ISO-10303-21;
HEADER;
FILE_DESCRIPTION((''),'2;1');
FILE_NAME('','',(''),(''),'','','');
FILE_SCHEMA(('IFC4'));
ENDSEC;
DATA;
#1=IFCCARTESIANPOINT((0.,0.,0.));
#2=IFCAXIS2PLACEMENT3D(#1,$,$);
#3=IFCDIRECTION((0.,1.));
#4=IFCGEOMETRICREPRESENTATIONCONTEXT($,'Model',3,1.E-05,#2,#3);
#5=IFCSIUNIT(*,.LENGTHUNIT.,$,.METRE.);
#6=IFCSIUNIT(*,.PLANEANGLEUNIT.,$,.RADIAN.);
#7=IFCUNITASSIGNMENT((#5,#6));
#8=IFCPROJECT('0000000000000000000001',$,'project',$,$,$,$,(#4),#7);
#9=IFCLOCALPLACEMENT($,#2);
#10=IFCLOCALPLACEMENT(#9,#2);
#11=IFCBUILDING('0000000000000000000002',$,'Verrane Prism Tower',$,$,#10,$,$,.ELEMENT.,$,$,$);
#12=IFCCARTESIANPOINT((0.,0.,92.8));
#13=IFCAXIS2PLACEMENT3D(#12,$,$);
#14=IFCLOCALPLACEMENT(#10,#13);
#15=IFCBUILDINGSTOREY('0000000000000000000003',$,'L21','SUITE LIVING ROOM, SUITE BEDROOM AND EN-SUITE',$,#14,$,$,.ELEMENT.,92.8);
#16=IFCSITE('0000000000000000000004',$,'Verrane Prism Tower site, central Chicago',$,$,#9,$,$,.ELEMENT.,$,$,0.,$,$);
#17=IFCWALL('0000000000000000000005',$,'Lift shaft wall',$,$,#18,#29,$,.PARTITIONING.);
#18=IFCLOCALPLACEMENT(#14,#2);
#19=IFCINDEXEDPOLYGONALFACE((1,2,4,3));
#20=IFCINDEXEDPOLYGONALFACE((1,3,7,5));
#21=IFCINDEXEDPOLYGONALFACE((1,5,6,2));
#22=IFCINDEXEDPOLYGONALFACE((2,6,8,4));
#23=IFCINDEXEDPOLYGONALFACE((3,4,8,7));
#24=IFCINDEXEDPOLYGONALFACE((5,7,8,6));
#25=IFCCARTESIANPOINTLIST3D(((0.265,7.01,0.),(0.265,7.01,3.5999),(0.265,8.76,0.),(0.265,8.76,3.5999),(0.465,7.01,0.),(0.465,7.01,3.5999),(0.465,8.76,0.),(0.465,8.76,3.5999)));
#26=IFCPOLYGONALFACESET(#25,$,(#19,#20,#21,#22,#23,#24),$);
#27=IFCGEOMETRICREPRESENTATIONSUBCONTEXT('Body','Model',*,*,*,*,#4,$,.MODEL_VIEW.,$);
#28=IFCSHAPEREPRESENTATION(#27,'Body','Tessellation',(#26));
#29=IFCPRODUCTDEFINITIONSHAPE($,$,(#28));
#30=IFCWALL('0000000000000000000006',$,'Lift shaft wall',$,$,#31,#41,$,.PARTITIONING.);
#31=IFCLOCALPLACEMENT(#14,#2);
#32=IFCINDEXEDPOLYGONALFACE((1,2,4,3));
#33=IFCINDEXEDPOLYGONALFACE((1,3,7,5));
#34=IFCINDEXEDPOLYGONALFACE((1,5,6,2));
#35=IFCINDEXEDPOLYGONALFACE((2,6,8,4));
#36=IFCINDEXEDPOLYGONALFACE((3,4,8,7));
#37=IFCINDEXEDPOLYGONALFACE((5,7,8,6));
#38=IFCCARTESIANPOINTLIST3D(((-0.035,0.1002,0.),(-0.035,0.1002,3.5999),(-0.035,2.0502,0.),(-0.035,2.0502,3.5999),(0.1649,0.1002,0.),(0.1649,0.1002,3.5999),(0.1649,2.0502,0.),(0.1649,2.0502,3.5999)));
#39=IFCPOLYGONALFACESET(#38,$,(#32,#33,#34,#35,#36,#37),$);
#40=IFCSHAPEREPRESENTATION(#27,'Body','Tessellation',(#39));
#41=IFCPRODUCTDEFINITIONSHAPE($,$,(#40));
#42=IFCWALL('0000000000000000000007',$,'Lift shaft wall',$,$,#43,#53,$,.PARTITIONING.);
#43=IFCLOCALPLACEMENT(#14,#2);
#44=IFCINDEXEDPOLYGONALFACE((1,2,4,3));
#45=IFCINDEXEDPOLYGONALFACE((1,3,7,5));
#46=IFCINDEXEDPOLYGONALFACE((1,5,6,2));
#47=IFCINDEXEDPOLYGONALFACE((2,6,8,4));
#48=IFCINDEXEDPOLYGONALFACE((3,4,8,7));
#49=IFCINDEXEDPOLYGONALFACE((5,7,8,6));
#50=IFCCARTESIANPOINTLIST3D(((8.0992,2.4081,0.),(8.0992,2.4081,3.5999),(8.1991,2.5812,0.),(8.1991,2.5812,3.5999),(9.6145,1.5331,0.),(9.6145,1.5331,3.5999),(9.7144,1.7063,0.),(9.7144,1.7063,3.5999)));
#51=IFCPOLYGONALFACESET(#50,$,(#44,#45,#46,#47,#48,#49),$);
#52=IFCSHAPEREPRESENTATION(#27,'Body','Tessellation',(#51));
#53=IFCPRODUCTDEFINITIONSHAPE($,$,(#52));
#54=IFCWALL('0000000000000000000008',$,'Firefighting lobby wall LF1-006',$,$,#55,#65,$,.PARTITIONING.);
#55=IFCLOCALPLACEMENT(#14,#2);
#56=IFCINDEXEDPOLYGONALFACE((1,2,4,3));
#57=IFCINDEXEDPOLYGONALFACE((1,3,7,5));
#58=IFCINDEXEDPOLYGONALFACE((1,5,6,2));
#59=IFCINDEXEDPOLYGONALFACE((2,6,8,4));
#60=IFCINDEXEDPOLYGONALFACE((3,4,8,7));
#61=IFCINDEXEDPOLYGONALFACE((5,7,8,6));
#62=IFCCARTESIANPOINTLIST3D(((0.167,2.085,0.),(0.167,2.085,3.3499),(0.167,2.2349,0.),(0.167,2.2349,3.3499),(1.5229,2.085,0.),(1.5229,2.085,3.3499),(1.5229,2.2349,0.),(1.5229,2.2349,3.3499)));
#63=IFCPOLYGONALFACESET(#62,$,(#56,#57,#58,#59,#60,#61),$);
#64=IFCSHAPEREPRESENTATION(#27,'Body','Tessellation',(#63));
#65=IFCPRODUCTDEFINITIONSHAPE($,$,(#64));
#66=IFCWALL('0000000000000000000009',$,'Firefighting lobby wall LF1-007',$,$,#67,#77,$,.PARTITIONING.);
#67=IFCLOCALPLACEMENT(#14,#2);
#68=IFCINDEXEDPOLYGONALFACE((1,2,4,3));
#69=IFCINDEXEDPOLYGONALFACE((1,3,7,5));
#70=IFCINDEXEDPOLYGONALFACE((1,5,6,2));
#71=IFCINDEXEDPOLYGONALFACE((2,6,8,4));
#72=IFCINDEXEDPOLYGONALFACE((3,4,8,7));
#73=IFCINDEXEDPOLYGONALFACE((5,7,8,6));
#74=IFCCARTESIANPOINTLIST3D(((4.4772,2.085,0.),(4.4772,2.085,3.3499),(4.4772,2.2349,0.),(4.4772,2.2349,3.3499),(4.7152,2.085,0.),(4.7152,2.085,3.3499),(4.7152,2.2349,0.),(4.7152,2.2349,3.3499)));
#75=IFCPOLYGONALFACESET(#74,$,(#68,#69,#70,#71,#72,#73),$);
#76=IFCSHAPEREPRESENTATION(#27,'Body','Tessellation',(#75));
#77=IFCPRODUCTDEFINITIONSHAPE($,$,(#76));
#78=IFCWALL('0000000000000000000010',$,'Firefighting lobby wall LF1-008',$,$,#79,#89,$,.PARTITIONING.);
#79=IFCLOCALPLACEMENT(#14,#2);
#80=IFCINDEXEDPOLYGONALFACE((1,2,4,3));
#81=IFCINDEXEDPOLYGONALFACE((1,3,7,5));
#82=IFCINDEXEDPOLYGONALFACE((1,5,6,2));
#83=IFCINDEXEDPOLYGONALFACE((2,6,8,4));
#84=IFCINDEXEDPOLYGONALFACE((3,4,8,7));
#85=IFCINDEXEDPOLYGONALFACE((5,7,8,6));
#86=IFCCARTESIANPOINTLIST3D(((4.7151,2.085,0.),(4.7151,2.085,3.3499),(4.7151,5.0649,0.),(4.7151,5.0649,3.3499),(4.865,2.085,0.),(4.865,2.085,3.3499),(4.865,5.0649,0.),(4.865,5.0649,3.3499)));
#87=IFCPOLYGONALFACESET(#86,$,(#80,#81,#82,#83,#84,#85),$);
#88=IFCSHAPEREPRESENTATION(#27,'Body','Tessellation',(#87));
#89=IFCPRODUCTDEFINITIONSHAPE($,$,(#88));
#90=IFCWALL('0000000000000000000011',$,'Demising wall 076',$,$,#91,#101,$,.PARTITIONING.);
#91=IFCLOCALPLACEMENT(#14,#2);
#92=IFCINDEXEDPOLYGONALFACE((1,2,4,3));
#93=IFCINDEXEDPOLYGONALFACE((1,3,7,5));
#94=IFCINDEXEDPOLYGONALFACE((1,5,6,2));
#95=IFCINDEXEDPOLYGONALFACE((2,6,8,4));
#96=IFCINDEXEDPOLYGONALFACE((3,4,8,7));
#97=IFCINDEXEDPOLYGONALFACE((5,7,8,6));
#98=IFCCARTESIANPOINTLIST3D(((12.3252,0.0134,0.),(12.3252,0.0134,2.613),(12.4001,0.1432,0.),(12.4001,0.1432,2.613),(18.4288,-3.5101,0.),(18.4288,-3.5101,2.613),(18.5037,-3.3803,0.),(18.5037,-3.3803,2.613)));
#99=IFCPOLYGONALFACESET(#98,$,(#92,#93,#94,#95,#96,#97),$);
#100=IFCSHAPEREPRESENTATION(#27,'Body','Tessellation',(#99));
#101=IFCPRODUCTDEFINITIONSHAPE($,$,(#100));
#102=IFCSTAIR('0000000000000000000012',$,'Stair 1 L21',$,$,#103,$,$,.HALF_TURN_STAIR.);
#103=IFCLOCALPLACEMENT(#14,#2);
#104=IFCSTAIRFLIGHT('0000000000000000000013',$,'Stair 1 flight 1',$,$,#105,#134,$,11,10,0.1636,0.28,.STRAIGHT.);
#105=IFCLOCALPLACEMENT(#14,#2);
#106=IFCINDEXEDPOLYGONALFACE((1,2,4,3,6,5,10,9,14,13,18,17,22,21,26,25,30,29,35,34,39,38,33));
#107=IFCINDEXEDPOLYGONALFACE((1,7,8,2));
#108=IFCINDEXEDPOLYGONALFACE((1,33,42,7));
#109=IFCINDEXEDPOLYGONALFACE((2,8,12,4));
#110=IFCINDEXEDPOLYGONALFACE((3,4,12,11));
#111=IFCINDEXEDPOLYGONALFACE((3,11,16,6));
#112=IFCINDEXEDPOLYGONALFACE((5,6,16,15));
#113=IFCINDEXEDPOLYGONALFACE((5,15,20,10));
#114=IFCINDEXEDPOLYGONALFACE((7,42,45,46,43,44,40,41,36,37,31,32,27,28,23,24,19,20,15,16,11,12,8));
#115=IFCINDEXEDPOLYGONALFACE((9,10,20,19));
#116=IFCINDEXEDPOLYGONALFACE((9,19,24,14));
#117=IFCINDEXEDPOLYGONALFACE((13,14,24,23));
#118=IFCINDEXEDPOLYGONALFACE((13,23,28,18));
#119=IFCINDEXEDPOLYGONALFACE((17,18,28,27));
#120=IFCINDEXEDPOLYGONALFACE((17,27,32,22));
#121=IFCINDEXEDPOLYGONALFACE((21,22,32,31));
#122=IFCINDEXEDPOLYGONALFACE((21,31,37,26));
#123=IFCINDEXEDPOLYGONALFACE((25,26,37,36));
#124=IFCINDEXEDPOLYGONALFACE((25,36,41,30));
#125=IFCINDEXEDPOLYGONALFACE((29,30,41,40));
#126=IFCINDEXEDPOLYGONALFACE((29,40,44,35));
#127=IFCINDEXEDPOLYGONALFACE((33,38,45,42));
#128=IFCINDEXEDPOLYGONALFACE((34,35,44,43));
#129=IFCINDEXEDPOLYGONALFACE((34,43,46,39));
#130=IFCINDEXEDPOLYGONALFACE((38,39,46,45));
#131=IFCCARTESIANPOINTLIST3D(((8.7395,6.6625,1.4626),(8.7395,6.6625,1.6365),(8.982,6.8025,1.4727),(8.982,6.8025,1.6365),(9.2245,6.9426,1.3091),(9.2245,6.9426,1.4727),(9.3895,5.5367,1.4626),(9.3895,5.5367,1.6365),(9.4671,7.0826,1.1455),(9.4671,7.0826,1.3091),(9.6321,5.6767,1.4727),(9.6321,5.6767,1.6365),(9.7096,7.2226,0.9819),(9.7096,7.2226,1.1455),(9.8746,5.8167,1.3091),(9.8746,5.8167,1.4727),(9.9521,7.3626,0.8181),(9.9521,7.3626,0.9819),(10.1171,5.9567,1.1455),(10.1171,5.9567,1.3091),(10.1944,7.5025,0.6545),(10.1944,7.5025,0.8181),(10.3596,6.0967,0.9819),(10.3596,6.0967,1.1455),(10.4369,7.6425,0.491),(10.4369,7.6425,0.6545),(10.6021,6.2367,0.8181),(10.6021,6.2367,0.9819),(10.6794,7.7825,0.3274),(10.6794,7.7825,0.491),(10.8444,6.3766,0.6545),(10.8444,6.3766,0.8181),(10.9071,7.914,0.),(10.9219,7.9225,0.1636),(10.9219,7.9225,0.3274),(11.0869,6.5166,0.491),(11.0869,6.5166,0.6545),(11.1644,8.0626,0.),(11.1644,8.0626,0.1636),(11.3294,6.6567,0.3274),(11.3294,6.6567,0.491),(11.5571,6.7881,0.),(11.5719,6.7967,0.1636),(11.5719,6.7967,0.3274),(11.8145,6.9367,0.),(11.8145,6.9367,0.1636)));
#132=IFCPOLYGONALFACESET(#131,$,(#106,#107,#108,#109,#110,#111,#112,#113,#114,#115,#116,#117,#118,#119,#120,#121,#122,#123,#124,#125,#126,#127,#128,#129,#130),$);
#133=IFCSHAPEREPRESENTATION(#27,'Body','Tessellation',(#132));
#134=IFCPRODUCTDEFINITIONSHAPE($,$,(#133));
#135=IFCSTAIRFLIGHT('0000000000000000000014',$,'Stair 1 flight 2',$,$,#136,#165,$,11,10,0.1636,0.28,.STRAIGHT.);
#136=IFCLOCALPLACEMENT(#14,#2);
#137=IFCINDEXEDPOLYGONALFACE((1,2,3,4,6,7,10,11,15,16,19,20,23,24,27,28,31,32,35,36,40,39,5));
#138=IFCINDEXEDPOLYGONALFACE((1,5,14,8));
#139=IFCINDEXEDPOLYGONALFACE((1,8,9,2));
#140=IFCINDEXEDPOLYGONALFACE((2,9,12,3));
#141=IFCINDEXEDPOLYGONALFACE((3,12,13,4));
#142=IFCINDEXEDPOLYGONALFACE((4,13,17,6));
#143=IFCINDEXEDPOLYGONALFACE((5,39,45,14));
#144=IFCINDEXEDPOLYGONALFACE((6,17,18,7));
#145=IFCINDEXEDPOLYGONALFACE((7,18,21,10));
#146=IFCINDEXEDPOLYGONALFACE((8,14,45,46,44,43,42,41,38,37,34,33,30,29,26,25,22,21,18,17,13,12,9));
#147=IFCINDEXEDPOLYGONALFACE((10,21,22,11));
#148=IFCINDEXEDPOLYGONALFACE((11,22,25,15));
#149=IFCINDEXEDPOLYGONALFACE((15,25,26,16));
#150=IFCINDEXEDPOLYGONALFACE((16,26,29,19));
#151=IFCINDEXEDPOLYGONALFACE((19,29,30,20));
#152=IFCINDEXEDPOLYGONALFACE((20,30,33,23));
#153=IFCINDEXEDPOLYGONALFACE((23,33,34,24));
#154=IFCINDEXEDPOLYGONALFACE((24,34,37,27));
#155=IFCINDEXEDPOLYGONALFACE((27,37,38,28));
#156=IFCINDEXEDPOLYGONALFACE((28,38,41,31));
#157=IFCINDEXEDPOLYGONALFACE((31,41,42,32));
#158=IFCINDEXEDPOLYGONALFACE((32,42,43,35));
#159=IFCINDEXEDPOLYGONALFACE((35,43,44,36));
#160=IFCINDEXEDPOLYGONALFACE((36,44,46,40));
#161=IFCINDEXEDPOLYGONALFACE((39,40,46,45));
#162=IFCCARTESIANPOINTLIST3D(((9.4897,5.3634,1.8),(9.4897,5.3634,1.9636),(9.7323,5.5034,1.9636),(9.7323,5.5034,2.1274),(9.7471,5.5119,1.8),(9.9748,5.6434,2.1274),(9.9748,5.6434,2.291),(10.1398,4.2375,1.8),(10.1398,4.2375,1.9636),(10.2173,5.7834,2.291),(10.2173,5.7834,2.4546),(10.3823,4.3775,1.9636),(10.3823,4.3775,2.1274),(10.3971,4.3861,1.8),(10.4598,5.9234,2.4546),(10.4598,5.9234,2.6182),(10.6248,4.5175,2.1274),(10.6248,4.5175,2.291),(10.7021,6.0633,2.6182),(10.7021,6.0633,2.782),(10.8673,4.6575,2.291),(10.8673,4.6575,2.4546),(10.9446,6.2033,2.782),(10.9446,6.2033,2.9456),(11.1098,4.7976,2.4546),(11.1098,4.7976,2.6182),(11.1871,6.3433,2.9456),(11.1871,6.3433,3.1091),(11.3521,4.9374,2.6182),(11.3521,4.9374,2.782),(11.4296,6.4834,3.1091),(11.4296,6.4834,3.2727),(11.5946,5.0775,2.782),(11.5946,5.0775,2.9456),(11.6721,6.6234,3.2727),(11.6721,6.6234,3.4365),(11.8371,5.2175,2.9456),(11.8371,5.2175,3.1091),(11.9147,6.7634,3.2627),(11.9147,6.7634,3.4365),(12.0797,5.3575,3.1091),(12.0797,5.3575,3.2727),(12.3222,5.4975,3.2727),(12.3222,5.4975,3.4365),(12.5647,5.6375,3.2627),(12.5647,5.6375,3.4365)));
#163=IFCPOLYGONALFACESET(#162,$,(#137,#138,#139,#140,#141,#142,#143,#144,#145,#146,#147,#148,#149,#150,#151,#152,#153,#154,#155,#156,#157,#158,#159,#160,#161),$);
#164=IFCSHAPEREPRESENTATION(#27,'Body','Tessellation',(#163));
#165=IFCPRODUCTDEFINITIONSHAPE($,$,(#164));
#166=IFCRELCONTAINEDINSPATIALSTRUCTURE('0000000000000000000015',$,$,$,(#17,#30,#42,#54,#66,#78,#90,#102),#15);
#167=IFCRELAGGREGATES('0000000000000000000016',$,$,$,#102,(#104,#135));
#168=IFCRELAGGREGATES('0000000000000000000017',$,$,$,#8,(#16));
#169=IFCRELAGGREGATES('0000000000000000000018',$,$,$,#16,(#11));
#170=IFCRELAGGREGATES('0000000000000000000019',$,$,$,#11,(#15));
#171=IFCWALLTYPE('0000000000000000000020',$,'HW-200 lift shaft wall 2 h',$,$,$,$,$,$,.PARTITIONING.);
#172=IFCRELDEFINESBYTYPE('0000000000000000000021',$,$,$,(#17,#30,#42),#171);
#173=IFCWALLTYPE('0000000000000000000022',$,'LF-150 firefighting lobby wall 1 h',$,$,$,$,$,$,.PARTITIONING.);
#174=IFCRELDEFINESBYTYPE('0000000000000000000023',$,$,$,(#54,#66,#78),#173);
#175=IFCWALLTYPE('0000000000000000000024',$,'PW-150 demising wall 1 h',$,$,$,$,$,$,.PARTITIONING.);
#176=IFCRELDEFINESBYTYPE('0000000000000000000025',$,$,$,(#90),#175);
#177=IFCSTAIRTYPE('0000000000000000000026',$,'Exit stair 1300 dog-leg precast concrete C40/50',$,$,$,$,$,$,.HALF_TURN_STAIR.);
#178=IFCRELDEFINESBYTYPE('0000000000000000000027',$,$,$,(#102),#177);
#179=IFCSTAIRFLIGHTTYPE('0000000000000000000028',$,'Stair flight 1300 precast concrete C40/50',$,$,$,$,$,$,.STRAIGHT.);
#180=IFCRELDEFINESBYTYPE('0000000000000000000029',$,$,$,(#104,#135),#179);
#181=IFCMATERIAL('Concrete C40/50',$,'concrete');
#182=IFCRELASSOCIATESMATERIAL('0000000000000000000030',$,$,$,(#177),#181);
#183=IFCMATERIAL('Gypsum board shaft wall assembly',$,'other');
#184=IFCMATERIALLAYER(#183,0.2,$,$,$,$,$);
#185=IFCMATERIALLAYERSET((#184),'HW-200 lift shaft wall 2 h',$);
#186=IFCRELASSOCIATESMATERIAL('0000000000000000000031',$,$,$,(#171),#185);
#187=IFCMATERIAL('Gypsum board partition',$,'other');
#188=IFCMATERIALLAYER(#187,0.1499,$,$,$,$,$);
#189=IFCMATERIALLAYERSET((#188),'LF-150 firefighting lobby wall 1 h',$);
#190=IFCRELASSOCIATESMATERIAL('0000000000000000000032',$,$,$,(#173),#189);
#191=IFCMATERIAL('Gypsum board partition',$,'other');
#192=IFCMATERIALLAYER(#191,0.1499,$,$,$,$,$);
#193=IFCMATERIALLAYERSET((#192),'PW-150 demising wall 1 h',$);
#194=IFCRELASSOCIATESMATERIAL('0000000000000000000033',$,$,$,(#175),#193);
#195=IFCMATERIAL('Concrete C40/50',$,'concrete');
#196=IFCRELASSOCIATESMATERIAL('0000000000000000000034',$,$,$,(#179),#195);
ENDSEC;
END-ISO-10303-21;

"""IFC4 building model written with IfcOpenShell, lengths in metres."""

from ifc_helpers import new_model, si_unit, direction, frame, frame_2d, origin, place, context, subcontext, project, spatial, polyline, rectangle, outline, extrude, material, layer, layer_set, type_object, element, aggregate, save


model = new_model("IFC4")

# Units and contexts
model_context = context("Model", 3, precision=1e-05, world=origin(), true_north=direction((0.0, 1.0)))
body_context = subcontext(model_context, "Body", "Model", "MODEL_VIEW")
ifc_project = project(units=[si_unit("LENGTHUNIT", "METRE"), si_unit("PLANEANGLEUNIT", "RADIAN")], contexts=[model_context])

# Site, building, storey
site_placement = place(None, origin())
site = spatial("IfcSite", under=ifc_project, at=site_placement, Name="Verrane Prism Tower site, central Chicago", CompositionType="ELEMENT", RefElevation=0.0)
building_placement = place(site_placement, origin())
building = spatial("IfcBuilding", under=site, at=building_placement, Name="Verrane Prism Tower", CompositionType="ELEMENT")
storey_placement = place(building_placement, frame((0.0, 0.0, 92.8)))
storey = spatial("IfcBuildingStorey", under=building, at=storey_placement, Name="L21", Description="SUITE LIVING ROOM, SUITE BEDROOM AND EN-SUITE", CompositionType="ELEMENT", Elevation=92.8)

# Shared definitions
ifc_material_1 = material(Name="Concrete C40/50", Category="concrete")
stair_type = type_object("IfcStairType", Name="Exit stair 1300 dog-leg precast concrete C40/50", PredefinedType="HALF_TURN_STAIR", material=ifc_material_1)

# Shared definitions
ifc_material_2 = material(Name="Gypsum board shaft wall assembly", Category="other")
ifc_layer_1 = layer(ifc_material_2, 0.2)
ifc_layer_set_1 = layer_set([ifc_layer_1], Name="HW-200 lift shaft wall 2 h")
wall_type_1 = type_object("IfcWallType", Name="HW-200 lift shaft wall 2 h", PredefinedType="PARTITIONING", material=ifc_layer_set_1)

# Walls
wall_1_placement = place(storey_placement, frame((0.365, 7.01, 0.0), z_axis=(0.0, 0.0, 1.0), x_axis=(0.0, 1.0, 0.0)))
element("IfcWall", 1, at=wall_1_placement, inside=storey, type_object=wall_type_1, Name="Lift shaft wall", PredefinedType="PARTITIONING", context=body_context, shape_type="SweptSolid", body=[
    extrude(rectangle(XDim=1.75, YDim=0.2, at=frame_2d((0.875, 0.0))), origin(), (0.0, 0.0, 1.0), 3.5999),
])
wall_2_placement = place(storey_placement, frame((0.0649, 0.1001, 0.0), z_axis=(0.0, 0.0, 1.0), x_axis=(0.0, 1.0, 0.0)))
element("IfcWall", 2, at=wall_2_placement, inside=storey, type_object=wall_type_1, Name="Lift shaft wall", PredefinedType="PARTITIONING", context=body_context, shape_type="SweptSolid", body=[
    extrude(rectangle(XDim=1.95, YDim=0.2, at=frame_2d((0.9751, 0.0))), origin(), (0.0, 0.0, 1.0), 3.5999),
])
wall_3_placement = place(storey_placement, frame((9.6646, 1.6196, 0.0), z_axis=(0.0, 0.0, 1.0), x_axis=(-0.866002, 0.50004, 0.0)))
element("IfcWall", 3, at=wall_3_placement, inside=storey, type_object=wall_type_1, Name="Lift shaft wall", PredefinedType="PARTITIONING", context=body_context, shape_type="SweptSolid", body=[
    extrude(rectangle(XDim=1.7498, YDim=0.2, at=frame_2d((0.875, 0.0))), origin(), (0.0, 0.0, 1.0), 3.5999),
])
ifc_material_3 = material(Name="Gypsum board partition", Category="other")
ifc_layer_2 = layer(ifc_material_3, 0.1499)
ifc_layer_set_2 = layer_set([ifc_layer_2], Name="LF-150 firefighting lobby wall 1 h")
wall_type_2 = type_object("IfcWallType", Name="LF-150 firefighting lobby wall 1 h", PredefinedType="PARTITIONING", material=ifc_layer_set_2)
wall_4_placement = place(storey_placement, frame((0.167, 2.1599, 0.0), z_axis=(0.0, 0.0, 1.0), x_axis=(1.0, 0.0, 0.0)))
element("IfcWall", 4, at=wall_4_placement, inside=storey, type_object=wall_type_2, Name="Firefighting lobby wall LF1-006", PredefinedType="PARTITIONING", context=body_context, shape_type="SweptSolid", body=[
    extrude(rectangle(XDim=1.356, YDim=0.1499, at=frame_2d((0.678, 0.0))), origin(), (0.0, 0.0, 1.0), 3.3499),
])
wall_5_placement = place(storey_placement, frame((4.4771, 2.1599, 0.0), z_axis=(0.0, 0.0, 1.0), x_axis=(1.0, 0.0, 0.0)))
element("IfcWall", 5, at=wall_5_placement, inside=storey, type_object=wall_type_2, Name="Firefighting lobby wall LF1-007", PredefinedType="PARTITIONING", context=body_context, shape_type="SweptSolid", body=[
    extrude(rectangle(XDim=0.238, YDim=0.1499, at=frame_2d((0.1191, 0.0))), origin(), (0.0, 0.0, 1.0), 3.3499),
])
wall_6_placement = place(storey_placement, frame((4.79, 2.085, 0.0), z_axis=(0.0, 0.0, 1.0), x_axis=(0.0, 1.0, 0.0)))
element("IfcWall", 6, at=wall_6_placement, inside=storey, type_object=wall_type_2, Name="Firefighting lobby wall LF1-008", PredefinedType="PARTITIONING", context=body_context, shape_type="SweptSolid", body=[
    extrude(rectangle(XDim=2.98, YDim=0.1499, at=frame_2d((1.49, 0.0))), origin(), (0.0, 0.0, 1.0), 3.3499),
])
ifc_material_4 = material(Name="Gypsum board partition", Category="other")
ifc_layer_3 = layer(ifc_material_4, 0.1499)
ifc_layer_set_3 = layer_set([ifc_layer_3], Name="PW-150 demising wall 1 h")
wall_type_3 = type_object("IfcWallType", Name="PW-150 demising wall 1 h", PredefinedType="PARTITIONING", material=ifc_layer_set_3)
wall_7_placement = place(storey_placement, frame((12.3625, 0.0784, 0.0), z_axis=(0.0, 0.0, 1.0), x_axis=(0.866052, -0.499954, 0.0)))
element("IfcWall", 7, at=wall_7_placement, inside=storey, type_object=wall_type_3, Name="Demising wall 076", PredefinedType="PARTITIONING", context=body_context, shape_type="SweptSolid", body=[
    extrude(rectangle(XDim=7.0476, YDim=0.1499, at=frame_2d((3.5239, 0.0))), origin(), (0.0, 0.0, 1.0), 2.613),
])

# Stair, stair flights
stair_1_placement = place(storey_placement, origin())
stair_1 = element("IfcStair", 8, at=stair_1_placement, inside=storey, type_object=stair_type, Name="Stair 1 L21", PredefinedType="HALF_TURN_STAIR")
ifc_material_5 = material(Name="Concrete C40/50", Category="concrete")
stair_flight_type = type_object("IfcStairFlightType", Name="Stair flight 1300 precast concrete C40/50", PredefinedType="STRAIGHT", material=ifc_material_5)
stair_flight_1_placement = place(storey_placement, frame((11.4895, 7.4995, 0.0), z_axis=(0.0, 0.0, 1.0), x_axis=(-0.866025, -0.5, 0.0)))
stair_flight_1 = element("IfcStairFlight", 9, at=stair_flight_1_placement, type_object=stair_flight_type, Name="Stair 1 flight 1", NumberOfRisers=11, NumberOfTreads=10, PredefinedType="STRAIGHT", RiserHeight=0.1636, TreadLength=0.28, context=body_context, shape_type="SweptSolid", body=[
    extrude(outline(polyline([(0.0, 0.0), (0.0, 0.1636), (0.28, 0.1636), (0.28, 0.3274), (0.5601, 0.3274), (0.5601, 0.491), (0.8401, 0.491), (0.8401, 0.6545), (1.1201, 0.6545), (1.1201, 0.8181), (1.3999, 0.8181), (1.3999, 0.9819), (1.6799, 0.9819), (1.6799, 1.1455), (1.96, 1.1455), (1.96, 1.3091), (2.24, 1.3091), (2.24, 1.4727), (2.52, 1.4727), (2.52, 1.6365), (2.8, 1.6365), (2.8, 1.8), (2.8, 1.4626), (0.2971, 0.0), (0.0, 0.0)])), frame((0.0, 0.6499, 0.0), z_axis=(0.0, -1.0, 0.0), x_axis=(1.0, 0.0, 0.0)), (0.0, 0.0, 1.0), 1.3),
])
stair_flight_2_placement = place(storey_placement, frame((9.8147, 4.8005, 1.8), z_axis=(0.0, 0.0, 1.0), x_axis=(0.866025, 0.5, 0.0)))
stair_flight_2 = element("IfcStairFlight", 10, at=stair_flight_2_placement, type_object=stair_flight_type, Name="Stair 1 flight 2", NumberOfRisers=11, NumberOfTreads=10, PredefinedType="STRAIGHT", RiserHeight=0.1636, TreadLength=0.28, context=body_context, shape_type="SweptSolid", body=[
    extrude(outline(polyline([(0.0, 0.0), (0.0, 0.1636), (0.28, 0.1636), (0.28, 0.3274), (0.5601, 0.3274), (0.5601, 0.491), (0.8401, 0.491), (0.8401, 0.6545), (1.1201, 0.6545), (1.1201, 0.8181), (1.3999, 0.8181), (1.3999, 0.9819), (1.6799, 0.9819), (1.6799, 1.1455), (1.96, 1.1455), (1.96, 1.3091), (2.24, 1.3091), (2.24, 1.4727), (2.52, 1.4727), (2.52, 1.6365), (2.8, 1.6365), (2.8, 1.8), (2.8, 1.4626), (0.2971, 0.0), (0.0, 0.0)])), frame((0.0, 0.6499, 0.0), z_axis=(0.0, -1.0, 0.0), x_axis=(1.0, 0.0, 0.0)), (0.0, 0.0, 1.0), 1.3),
])
aggregate(stair_1, [stair_flight_1, stair_flight_2])

save(model, "model.ifc")
